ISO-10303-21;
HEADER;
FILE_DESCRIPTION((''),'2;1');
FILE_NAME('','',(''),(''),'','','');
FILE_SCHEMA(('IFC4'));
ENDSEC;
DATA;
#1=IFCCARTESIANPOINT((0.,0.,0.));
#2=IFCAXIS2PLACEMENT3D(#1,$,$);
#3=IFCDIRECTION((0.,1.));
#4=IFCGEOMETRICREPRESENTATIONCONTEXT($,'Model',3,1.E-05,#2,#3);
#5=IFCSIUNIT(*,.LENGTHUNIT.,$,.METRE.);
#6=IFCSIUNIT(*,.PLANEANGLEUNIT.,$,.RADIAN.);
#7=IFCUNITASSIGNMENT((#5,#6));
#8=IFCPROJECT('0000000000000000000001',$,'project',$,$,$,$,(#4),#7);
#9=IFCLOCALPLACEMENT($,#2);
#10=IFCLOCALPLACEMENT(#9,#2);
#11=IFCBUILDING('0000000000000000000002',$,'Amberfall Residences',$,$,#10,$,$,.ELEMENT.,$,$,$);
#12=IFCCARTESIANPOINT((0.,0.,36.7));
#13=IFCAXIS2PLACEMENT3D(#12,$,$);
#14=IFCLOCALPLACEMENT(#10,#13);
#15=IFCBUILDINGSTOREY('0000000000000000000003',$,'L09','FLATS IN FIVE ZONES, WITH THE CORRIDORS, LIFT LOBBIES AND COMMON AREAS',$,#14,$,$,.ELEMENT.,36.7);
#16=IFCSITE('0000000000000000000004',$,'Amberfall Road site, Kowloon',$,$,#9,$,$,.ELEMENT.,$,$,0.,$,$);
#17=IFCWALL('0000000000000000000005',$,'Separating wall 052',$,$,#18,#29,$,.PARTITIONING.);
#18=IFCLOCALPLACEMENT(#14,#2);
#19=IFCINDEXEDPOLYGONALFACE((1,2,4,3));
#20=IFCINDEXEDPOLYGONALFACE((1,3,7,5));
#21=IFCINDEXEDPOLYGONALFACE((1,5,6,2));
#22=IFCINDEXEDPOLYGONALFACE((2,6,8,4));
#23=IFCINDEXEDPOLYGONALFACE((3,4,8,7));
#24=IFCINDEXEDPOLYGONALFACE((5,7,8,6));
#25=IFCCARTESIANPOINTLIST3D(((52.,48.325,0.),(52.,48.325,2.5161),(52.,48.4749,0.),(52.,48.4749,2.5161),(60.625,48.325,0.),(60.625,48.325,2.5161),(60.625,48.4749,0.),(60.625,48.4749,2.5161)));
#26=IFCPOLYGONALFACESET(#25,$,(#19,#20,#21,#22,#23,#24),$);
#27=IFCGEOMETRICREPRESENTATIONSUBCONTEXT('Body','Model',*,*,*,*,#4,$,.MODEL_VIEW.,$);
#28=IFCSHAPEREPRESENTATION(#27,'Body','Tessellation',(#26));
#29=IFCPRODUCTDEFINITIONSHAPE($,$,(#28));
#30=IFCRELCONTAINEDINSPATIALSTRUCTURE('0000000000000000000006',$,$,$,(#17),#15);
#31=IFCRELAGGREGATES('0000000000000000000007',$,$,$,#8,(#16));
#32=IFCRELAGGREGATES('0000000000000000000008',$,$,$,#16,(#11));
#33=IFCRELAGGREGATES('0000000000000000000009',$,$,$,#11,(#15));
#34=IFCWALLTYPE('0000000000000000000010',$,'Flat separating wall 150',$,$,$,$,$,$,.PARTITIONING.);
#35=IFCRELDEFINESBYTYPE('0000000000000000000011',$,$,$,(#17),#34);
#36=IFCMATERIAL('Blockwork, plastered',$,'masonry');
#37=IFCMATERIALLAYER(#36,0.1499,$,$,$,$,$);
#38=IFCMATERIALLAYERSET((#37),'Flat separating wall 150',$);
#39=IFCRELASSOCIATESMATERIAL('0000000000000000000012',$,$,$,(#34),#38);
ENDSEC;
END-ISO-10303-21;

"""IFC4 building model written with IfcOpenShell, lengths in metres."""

from ifc_helpers import new_model, si_unit, direction, frame, frame_2d, origin, place, context, subcontext, project, spatial, rectangle, extrude, material, layer, layer_set, type_object, element, save


model = new_model("IFC4")

# Units and contexts
model_context = context("Model", 3, precision=1e-05, world=origin(), true_north=direction((0.0, 1.0)))
body_context = subcontext(model_context, "Body", "Model", "MODEL_VIEW")
ifc_project = project(units=[si_unit("LENGTHUNIT", "METRE"), si_unit("PLANEANGLEUNIT", "RADIAN")], contexts=[model_context])

# Site, building, storey
site_placement = place(None, origin())
site = spatial("IfcSite", under=ifc_project, at=site_placement, Name="Amberfall Road site, Kowloon", CompositionType="ELEMENT", RefElevation=0.0)
building_placement = place(site_placement, origin())
building = spatial("IfcBuilding", under=site, at=building_placement, Name="Amberfall Residences", CompositionType="ELEMENT")
storey_placement = place(building_placement, frame((0.0, 0.0, 36.7)))
storey = spatial("IfcBuildingStorey", under=building, at=storey_placement, Name="L09", Description="FLATS IN FIVE ZONES, WITH THE CORRIDORS, LIFT LOBBIES AND COMMON AREAS", CompositionType="ELEMENT", Elevation=36.7)

# Wall
ifc_material_1 = material(Name="Blockwork, plastered", Category="masonry")
ifc_layer_1 = layer(ifc_material_1, 0.1499)
ifc_layer_set_1 = layer_set([ifc_layer_1], Name="Flat separating wall 150")
wall_type_1 = type_object("IfcWallType", Name="Flat separating wall 150", PredefinedType="PARTITIONING", material=ifc_layer_set_1)
wall_1_placement = place(storey_placement, frame((52.0, 48.3999, 0.0), z_axis=(0.0, 0.0, 1.0), x_axis=(1.0, 0.0, 0.0)))
element("IfcWall", 1, at=wall_1_placement, inside=storey, type_object=wall_type_1, Name="Separating wall 052", PredefinedType="PARTITIONING", context=body_context, shape_type="SweptSolid", body=[
    extrude(rectangle(XDim=8.625, YDim=0.1499, at=frame_2d((4.3125, 0.0))), origin(), (0.0, 0.0, 1.0), 2.5161),
])

save(model, "model.ifc")
